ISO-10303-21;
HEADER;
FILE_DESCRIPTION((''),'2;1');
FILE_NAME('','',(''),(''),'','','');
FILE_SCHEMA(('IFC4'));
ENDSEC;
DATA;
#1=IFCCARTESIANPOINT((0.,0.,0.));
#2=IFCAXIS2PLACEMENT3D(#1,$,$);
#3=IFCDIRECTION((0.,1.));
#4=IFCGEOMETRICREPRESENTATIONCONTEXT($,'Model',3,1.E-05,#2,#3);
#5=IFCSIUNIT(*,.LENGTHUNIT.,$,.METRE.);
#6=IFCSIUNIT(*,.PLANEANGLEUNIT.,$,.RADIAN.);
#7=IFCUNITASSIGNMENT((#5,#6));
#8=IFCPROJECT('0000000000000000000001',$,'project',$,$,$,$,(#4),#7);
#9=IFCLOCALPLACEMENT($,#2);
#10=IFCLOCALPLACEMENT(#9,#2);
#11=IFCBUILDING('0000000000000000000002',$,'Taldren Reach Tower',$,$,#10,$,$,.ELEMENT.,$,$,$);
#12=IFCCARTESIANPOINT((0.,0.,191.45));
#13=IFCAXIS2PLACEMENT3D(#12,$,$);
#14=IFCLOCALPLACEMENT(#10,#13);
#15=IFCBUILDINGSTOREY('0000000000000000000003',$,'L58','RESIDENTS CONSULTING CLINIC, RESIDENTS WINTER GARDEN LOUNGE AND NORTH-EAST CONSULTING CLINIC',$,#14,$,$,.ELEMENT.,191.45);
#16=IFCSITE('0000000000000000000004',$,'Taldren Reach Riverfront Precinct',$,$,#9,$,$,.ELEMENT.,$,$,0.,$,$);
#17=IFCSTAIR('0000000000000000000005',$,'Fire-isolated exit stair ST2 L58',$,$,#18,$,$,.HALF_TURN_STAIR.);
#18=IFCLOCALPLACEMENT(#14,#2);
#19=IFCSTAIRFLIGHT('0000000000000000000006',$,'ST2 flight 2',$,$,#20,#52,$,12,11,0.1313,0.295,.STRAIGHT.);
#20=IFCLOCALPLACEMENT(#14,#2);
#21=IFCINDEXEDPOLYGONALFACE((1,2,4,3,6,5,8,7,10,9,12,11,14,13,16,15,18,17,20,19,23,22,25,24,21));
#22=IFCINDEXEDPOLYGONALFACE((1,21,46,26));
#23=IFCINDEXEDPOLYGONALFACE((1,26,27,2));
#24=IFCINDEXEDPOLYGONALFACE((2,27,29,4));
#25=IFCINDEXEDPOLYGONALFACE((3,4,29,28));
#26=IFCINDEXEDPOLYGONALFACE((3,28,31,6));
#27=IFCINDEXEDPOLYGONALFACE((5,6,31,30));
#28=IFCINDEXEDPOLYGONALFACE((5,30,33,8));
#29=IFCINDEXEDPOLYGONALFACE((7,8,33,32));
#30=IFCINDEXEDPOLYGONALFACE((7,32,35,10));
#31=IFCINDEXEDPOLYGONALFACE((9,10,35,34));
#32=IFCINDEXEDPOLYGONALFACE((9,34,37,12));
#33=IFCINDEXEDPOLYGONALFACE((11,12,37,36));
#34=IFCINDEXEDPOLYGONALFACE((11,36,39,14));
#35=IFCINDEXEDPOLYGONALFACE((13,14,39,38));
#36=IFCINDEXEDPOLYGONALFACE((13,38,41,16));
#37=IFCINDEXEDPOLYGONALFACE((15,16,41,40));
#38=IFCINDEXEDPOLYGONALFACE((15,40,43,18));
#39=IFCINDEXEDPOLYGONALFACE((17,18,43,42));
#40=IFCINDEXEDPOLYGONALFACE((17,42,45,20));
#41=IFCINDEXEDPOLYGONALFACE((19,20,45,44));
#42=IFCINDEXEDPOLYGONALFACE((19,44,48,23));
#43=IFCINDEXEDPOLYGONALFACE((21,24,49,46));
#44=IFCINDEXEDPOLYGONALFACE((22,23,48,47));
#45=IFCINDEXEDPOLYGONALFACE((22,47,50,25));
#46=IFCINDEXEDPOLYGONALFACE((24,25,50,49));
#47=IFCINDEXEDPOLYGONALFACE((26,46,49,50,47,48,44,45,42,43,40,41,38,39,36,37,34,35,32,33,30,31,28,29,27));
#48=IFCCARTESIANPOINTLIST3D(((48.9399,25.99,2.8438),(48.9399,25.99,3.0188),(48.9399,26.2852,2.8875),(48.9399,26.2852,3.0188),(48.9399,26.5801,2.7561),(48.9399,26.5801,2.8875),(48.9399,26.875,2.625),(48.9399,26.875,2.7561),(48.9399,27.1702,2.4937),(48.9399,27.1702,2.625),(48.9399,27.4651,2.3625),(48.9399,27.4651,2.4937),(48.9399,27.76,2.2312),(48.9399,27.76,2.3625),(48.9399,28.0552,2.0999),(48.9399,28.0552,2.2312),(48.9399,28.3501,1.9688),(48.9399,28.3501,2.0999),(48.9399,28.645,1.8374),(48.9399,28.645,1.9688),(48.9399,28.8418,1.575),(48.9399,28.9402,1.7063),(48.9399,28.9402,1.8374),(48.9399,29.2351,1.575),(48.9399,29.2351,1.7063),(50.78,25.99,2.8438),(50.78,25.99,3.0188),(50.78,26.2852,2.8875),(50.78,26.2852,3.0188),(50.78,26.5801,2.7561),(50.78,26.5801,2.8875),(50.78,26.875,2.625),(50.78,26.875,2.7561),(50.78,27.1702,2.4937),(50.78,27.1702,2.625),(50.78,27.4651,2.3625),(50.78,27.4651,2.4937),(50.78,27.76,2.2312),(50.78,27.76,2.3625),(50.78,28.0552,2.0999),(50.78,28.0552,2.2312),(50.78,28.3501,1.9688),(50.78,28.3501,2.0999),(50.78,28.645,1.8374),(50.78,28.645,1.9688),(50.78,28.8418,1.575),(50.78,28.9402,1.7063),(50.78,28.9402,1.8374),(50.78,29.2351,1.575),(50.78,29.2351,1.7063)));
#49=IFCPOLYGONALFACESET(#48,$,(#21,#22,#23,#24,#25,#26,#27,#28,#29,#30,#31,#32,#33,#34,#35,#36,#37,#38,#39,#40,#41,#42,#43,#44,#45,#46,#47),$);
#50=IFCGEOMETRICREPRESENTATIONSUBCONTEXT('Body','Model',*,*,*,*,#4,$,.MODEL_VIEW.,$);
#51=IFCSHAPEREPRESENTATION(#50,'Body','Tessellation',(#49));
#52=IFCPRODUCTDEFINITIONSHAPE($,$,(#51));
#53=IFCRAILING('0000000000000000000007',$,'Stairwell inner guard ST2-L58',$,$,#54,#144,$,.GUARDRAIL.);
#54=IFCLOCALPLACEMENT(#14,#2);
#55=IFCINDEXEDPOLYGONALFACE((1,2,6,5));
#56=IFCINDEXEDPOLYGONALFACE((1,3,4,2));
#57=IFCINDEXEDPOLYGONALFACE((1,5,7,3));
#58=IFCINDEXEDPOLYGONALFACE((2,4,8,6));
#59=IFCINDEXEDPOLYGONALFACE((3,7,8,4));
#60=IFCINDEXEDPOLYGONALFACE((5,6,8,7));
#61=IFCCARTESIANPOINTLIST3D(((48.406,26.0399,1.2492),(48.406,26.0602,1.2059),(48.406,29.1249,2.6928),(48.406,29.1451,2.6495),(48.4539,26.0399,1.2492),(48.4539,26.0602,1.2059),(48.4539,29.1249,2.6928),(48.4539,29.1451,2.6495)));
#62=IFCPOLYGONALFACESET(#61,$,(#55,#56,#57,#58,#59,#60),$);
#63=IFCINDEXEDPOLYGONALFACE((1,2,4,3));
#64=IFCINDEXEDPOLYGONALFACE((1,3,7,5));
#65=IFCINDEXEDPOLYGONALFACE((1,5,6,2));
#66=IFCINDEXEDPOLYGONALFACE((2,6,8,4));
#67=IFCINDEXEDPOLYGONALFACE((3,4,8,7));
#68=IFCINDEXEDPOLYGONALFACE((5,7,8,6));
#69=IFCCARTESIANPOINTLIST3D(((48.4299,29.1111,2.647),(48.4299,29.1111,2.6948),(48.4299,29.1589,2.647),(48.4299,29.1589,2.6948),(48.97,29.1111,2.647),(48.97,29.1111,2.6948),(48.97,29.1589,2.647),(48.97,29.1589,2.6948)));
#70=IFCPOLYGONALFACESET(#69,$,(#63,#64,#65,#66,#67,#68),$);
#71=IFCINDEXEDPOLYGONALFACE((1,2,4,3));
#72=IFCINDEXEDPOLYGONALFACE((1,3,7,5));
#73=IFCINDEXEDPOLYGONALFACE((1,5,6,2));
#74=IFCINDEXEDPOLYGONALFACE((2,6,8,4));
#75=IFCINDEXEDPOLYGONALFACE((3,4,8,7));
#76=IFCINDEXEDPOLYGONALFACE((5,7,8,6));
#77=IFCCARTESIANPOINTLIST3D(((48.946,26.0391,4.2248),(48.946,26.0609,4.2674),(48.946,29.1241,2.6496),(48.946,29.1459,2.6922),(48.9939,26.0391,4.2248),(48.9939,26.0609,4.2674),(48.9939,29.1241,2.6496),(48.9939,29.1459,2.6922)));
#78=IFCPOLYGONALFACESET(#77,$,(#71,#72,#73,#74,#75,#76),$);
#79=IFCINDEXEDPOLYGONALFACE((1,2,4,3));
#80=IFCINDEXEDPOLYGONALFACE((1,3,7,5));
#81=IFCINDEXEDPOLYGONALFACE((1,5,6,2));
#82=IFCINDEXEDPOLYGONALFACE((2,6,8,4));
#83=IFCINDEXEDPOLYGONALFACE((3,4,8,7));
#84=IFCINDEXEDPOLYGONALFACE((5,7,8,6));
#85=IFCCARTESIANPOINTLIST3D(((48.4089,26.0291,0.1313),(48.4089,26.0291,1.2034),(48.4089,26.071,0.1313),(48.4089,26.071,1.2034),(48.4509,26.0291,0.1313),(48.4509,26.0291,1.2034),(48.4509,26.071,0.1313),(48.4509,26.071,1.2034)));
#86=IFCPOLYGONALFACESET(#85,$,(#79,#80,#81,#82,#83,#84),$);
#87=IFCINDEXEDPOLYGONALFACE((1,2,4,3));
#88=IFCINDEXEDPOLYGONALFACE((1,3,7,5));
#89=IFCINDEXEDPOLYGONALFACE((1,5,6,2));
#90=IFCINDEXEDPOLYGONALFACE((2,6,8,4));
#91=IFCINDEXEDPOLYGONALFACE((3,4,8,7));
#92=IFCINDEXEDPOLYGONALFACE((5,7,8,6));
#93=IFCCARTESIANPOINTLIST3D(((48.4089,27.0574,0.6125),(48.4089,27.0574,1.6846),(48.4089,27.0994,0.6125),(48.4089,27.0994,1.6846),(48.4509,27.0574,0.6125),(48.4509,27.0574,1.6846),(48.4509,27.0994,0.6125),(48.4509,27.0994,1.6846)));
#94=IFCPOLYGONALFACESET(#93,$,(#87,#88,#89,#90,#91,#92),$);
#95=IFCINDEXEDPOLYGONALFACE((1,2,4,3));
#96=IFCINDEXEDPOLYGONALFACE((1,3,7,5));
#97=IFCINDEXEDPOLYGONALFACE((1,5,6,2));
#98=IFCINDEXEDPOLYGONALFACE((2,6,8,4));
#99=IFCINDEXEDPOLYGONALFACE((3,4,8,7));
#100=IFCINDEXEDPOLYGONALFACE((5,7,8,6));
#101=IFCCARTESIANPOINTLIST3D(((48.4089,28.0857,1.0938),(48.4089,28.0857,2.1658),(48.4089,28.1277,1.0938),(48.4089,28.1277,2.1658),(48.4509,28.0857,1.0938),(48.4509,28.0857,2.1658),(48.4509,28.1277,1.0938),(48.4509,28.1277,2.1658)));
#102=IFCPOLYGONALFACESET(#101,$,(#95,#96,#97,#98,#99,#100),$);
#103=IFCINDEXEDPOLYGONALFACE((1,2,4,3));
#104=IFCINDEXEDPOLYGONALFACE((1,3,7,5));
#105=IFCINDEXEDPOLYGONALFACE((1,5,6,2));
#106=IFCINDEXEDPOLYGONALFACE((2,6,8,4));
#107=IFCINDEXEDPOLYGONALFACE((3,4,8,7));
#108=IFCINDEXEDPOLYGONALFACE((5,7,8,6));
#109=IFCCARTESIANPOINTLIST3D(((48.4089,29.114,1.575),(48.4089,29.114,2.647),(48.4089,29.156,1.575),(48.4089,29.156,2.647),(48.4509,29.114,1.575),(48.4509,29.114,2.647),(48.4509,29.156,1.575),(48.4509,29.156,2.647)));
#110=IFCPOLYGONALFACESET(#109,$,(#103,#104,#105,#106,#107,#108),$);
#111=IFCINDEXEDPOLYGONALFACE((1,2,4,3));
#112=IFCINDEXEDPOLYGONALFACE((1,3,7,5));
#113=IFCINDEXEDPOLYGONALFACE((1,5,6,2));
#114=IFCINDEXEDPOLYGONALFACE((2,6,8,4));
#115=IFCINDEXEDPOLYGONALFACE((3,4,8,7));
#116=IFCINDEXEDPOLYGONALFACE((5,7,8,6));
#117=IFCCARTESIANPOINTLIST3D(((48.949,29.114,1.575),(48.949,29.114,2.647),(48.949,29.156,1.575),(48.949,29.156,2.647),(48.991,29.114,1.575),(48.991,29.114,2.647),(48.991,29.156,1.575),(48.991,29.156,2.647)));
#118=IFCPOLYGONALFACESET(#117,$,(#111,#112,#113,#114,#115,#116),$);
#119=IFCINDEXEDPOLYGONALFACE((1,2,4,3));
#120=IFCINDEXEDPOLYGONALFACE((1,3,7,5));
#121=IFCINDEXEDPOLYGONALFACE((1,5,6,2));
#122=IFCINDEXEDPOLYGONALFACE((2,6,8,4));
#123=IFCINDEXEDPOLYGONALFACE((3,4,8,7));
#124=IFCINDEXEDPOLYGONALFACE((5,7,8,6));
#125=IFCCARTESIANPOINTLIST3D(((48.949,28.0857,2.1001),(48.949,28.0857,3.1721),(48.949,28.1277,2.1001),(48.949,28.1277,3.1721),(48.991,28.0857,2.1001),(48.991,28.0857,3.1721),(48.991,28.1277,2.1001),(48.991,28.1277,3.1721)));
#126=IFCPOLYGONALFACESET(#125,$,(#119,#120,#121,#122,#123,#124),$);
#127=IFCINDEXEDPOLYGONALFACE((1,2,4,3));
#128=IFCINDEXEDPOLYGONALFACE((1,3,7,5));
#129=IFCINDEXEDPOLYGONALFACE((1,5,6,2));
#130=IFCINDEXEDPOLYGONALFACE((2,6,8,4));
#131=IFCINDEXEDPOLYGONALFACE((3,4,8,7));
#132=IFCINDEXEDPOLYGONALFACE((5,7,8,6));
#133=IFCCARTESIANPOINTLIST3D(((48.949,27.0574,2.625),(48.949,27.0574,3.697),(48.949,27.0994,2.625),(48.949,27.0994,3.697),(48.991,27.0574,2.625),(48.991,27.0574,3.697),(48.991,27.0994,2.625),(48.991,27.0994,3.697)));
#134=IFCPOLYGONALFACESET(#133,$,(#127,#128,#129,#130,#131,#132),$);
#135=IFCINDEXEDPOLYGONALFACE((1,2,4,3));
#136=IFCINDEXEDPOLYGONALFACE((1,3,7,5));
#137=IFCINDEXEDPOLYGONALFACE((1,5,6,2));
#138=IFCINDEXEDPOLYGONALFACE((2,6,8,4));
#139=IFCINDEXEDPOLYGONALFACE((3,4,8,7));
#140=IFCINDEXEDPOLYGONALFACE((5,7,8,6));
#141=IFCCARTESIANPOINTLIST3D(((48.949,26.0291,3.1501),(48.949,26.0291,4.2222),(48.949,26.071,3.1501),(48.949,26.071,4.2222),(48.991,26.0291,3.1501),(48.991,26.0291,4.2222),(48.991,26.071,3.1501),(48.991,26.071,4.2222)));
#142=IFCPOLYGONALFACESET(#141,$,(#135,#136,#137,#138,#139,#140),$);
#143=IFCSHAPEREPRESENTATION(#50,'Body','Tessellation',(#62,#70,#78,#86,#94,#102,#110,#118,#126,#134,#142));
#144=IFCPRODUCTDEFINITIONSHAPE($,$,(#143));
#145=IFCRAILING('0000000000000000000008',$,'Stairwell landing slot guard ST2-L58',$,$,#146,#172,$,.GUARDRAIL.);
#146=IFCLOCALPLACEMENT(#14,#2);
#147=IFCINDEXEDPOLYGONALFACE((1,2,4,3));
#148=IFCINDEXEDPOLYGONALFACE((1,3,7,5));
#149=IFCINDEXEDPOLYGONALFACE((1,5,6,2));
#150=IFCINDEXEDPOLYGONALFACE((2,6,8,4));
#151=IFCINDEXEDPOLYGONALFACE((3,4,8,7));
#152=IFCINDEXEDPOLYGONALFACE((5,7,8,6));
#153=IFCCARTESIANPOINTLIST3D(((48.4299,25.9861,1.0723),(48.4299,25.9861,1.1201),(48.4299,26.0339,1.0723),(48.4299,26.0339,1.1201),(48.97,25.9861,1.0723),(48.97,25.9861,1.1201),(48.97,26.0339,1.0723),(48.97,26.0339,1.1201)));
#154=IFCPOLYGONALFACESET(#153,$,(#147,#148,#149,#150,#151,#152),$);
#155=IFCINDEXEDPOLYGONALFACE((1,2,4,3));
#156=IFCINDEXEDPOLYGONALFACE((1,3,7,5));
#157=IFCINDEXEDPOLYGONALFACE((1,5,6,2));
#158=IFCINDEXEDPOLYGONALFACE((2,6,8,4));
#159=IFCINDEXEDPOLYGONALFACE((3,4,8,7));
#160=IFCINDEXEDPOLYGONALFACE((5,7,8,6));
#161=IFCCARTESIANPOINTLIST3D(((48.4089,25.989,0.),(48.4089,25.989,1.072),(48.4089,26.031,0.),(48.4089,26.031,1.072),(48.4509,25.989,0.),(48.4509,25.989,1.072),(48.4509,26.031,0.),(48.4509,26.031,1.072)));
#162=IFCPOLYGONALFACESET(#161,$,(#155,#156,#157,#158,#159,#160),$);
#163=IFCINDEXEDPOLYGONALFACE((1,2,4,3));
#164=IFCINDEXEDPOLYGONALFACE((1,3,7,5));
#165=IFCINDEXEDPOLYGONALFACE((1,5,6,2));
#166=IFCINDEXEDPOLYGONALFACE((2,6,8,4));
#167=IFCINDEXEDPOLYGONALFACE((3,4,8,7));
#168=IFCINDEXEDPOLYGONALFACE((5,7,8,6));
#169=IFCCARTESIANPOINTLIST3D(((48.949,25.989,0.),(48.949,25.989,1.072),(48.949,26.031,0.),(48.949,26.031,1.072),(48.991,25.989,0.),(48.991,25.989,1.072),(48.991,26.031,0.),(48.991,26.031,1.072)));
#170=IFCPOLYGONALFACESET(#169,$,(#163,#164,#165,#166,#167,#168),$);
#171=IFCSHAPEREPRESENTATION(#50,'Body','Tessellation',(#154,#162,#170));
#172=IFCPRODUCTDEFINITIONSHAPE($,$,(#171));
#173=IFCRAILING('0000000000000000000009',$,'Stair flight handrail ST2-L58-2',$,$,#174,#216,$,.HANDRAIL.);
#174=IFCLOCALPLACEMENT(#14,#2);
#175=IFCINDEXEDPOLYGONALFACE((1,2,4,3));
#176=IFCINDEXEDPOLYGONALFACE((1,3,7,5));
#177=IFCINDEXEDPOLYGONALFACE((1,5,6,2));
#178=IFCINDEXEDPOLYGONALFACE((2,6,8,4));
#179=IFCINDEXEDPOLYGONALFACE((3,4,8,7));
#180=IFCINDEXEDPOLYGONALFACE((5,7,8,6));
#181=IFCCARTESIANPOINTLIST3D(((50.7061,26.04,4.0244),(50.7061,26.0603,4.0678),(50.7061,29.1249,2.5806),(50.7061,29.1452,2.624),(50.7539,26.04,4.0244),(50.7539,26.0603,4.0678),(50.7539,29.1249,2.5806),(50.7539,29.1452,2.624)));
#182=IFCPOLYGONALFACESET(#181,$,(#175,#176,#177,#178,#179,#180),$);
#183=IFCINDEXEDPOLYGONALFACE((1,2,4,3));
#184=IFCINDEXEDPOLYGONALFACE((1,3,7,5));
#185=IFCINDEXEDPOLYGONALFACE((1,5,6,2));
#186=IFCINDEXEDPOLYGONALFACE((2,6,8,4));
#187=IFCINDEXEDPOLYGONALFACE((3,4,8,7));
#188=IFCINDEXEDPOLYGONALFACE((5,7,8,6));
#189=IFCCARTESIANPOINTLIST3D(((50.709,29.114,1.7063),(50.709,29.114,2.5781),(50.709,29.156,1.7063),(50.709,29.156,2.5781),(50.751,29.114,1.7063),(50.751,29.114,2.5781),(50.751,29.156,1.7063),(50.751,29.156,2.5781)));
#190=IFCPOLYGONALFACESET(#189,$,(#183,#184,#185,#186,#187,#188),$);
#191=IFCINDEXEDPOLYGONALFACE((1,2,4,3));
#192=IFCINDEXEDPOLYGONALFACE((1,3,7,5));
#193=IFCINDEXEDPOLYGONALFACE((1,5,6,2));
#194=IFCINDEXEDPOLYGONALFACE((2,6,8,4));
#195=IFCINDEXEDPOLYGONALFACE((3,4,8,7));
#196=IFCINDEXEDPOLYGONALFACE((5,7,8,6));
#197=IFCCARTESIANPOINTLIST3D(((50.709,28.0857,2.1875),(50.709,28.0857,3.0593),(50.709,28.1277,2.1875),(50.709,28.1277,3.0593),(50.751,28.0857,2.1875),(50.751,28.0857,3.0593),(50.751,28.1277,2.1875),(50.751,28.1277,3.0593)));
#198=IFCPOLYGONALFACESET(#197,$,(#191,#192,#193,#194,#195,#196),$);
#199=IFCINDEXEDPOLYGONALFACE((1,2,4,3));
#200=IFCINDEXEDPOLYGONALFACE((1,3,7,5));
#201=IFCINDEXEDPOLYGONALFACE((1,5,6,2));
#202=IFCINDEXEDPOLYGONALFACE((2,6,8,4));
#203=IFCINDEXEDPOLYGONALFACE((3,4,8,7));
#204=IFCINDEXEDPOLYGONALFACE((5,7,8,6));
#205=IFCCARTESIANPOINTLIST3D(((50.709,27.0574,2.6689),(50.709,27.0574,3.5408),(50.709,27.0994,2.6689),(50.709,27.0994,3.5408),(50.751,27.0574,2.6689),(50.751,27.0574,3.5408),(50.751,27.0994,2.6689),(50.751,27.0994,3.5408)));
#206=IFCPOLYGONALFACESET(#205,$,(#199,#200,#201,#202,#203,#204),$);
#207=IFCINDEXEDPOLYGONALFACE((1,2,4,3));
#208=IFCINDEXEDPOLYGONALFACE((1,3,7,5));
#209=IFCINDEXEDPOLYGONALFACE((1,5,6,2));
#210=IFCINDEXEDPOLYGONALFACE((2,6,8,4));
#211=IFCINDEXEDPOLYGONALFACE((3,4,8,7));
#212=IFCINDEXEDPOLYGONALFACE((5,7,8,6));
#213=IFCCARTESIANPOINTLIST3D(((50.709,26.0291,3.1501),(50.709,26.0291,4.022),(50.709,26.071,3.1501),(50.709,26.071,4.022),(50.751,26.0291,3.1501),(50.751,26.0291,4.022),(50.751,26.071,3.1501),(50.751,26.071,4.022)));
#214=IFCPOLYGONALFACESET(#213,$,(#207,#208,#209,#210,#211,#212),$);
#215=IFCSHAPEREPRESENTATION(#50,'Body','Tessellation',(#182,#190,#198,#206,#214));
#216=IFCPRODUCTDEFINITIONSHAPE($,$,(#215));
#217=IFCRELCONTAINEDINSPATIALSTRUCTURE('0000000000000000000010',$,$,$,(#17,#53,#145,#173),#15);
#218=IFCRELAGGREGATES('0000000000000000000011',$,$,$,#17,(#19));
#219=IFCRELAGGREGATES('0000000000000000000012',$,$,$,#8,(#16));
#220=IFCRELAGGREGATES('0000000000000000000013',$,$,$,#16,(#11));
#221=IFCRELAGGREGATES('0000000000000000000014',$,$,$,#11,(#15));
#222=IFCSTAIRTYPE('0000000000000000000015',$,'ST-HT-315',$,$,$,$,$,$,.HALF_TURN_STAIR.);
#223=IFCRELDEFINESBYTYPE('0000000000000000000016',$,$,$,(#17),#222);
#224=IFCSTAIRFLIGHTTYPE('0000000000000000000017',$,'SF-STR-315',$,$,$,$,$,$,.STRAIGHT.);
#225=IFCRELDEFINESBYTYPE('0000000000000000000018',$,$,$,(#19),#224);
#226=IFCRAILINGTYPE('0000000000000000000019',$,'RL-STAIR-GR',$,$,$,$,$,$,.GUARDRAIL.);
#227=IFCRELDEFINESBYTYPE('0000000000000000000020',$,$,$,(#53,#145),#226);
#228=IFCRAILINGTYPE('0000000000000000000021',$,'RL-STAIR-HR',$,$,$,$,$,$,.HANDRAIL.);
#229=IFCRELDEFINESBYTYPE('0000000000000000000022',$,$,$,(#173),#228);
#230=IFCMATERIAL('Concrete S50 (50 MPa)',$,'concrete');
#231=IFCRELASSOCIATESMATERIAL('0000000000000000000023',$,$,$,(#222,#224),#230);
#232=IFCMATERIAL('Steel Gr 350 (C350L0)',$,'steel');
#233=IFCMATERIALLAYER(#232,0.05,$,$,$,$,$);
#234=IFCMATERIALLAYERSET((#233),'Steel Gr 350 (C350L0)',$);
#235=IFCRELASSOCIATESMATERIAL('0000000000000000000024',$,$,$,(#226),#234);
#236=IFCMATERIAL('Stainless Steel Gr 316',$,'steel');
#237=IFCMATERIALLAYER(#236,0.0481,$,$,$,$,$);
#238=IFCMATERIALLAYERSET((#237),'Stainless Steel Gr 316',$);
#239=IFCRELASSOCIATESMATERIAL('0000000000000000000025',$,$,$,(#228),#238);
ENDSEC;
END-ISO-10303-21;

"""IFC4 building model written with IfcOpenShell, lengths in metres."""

from ifc_helpers import new_model, si_unit, direction, frame, origin, origin_2d, place, context, subcontext, project, spatial, polyline, rectangle, outline, extrude, material, layer, layer_set, type_object, element, aggregate, save


model = new_model("IFC4")

# Units and contexts
model_context = context("Model", 3, precision=1e-05, world=origin(), true_north=direction((0.0, 1.0)))
body_context = subcontext(model_context, "Body", "Model", "MODEL_VIEW")
ifc_project = project(units=[si_unit("LENGTHUNIT", "METRE"), si_unit("PLANEANGLEUNIT", "RADIAN")], contexts=[model_context])

# Site, building, storey
site_placement = place(None, origin())
site = spatial("IfcSite", under=ifc_project, at=site_placement, Name="Taldren Reach Riverfront Precinct", CompositionType="ELEMENT", RefElevation=0.0)
building_placement = place(site_placement, origin())
building = spatial("IfcBuilding", under=site, at=building_placement, Name="Taldren Reach Tower", CompositionType="ELEMENT")
storey_placement = place(building_placement, frame((0.0, 0.0, 191.45)))
storey = spatial("IfcBuildingStorey", under=building, at=storey_placement, Name="L58", Description="RESIDENTS CONSULTING CLINIC, RESIDENTS WINTER GARDEN LOUNGE AND NORTH-EAST CONSULTING CLINIC", CompositionType="ELEMENT", Elevation=191.45)

# Stair, stair flight
ifc_material_1 = material(Name="Concrete S50 (50 MPa)", Category="concrete")
stair_type = type_object("IfcStairType", Name="ST-HT-315", PredefinedType="HALF_TURN_STAIR", material=ifc_material_1)
stair_placement = place(storey_placement, origin())
stair = element("IfcStair", 1, at=stair_placement, inside=storey, type_object=stair_type, Name="Fire-isolated exit stair ST2 L58", PredefinedType="HALF_TURN_STAIR")
stair_flight_type = type_object("IfcStairFlightType", Name="SF-STR-315", PredefinedType="STRAIGHT", material=ifc_material_1)
stair_flight_placement = place(storey_placement, frame((49.8601, 29.2351, 1.575), z_axis=(0.0, 0.0, 1.0), x_axis=(0.0, -1.0, 0.0)))
stair_flight = element("IfcStairFlight", 2, at=stair_flight_placement, type_object=stair_flight_type, Name="ST2 flight 2", NumberOfRisers=12, NumberOfTreads=11, PredefinedType="STRAIGHT", RiserHeight=0.1313, TreadLength=0.295, context=body_context, shape_type="SweptSolid", body=[
    extrude(outline(polyline([(0.0, 0.0), (0.0, 0.1313), (0.2949, 0.1313), (0.2949, 0.2625), (0.5901, 0.2625), (0.5901, 0.3938), (0.885, 0.3938), (0.885, 0.5249), (1.1799, 0.5249), (1.1799, 0.6562), (1.4751, 0.6562), (1.4751, 0.7876), (1.77, 0.7876), (1.77, 0.9187), (2.0649, 0.9187), (2.0649, 1.05), (2.3601, 1.05), (2.3601, 1.1812), (2.655, 1.1812), (2.655, 1.3125), (2.95, 1.3125), (2.95, 1.4438), (3.2451, 1.4438), (3.2451, 1.575), (3.2451, 1.2688), (0.3933, 0.0), (0.0, 0.0)])), frame((0.0, 0.9199, 0.0), z_axis=(0.0, -1.0, 0.0), x_axis=(1.0, 0.0, 0.0)), (0.0, 0.0, 1.0), 1.8401),
])
aggregate(stair, [stair_flight])

# Railings
ifc_material_2 = material(Name="Steel Gr 350 (C350L0)", Category="steel")
ifc_layer_1 = layer(ifc_material_2, 0.05)
ifc_layer_set_1 = layer_set([ifc_layer_1], Name="Steel Gr 350 (C350L0)")
railing_type_1 = type_object("IfcRailingType", Name="RL-STAIR-GR", PredefinedType="GUARDRAIL", material=ifc_layer_set_1)
railing_1_placement = place(storey_placement, frame((48.4299, 26.05, 0.1313)))
element("IfcRailing", 3, at=railing_1_placement, inside=storey, type_object=railing_type_1, Name="Stairwell inner guard ST2-L58", PredefinedType="GUARDRAIL", context=body_context, shape_type="SweptSolid", body=[
    extrude(rectangle(XDim=0.0479, YDim=0.0479, at=origin_2d()), frame((0.0, 0.0, 1.0962), z_axis=(0.0, 0.905738, 0.423839), x_axis=(-1.0, 0.0, 0.0)), (0.0, 0.0, 1.0), 3.406),
    extrude(rectangle(XDim=0.0479, YDim=0.0479, at=origin_2d()), frame((0.0, 3.085, 2.5396), z_axis=(1.0, 0.0, 0.0), x_axis=(0.0, 1.0, 0.0)), (0.0, 0.0, 1.0), 0.54),
    extrude(rectangle(XDim=0.0479, YDim=0.0479, at=origin_2d()), frame((0.54, 3.085, 2.5396), z_axis=(0.0, -0.890617, 0.454753), x_axis=(1.0, 0.0, 0.0)), (0.0, 0.0, 1.0), 3.4639),
    extrude(rectangle(XDim=0.042, YDim=0.042, at=origin_2d()), origin(), (0.0, 0.0, 1.0), 1.072),
    extrude(rectangle(XDim=0.042, YDim=0.042, at=origin_2d()), frame((0.0, 1.0283, 0.4812)), (0.0, 0.0, 1.0), 1.072),
    extrude(rectangle(XDim=0.042, YDim=0.042, at=origin_2d()), frame((0.0, 2.0566, 0.9624)), (0.0, 0.0, 1.0), 1.072),
    extrude(rectangle(XDim=0.042, YDim=0.042, at=origin_2d()), frame((0.0, 3.085, 1.4436)), (0.0, 0.0, 1.0), 1.072),
    extrude(rectangle(XDim=0.042, YDim=0.042, at=origin_2d()), frame((0.54, 3.085, 1.4436)), (0.0, 0.0, 1.0), 1.072),
    extrude(rectangle(XDim=0.042, YDim=0.042, at=origin_2d()), frame((0.54, 2.0566, 1.9688)), (0.0, 0.0, 1.0), 1.072),
    extrude(rectangle(XDim=0.042, YDim=0.042, at=origin_2d()), frame((0.54, 1.0283, 2.4937)), (0.0, 0.0, 1.0), 1.072),
    extrude(rectangle(XDim=0.042, YDim=0.042, at=origin_2d()), frame((0.54, 0.0, 3.0188)), (0.0, 0.0, 1.0), 1.072),
])
railing_2_placement = place(storey_placement, frame((48.4299, 26.01, 0.0)))
element("IfcRailing", 4, at=railing_2_placement, inside=storey, type_object=railing_type_1, Name="Stairwell landing slot guard ST2-L58", PredefinedType="GUARDRAIL", context=body_context, shape_type="SweptSolid", body=[
    extrude(rectangle(XDim=0.0479, YDim=0.0479, at=origin_2d()), frame((0.0, 0.0, 1.0962), z_axis=(1.0, 0.0, 0.0), x_axis=(0.0, 1.0, 0.0)), (0.0, 0.0, 1.0), 0.54),
    extrude(rectangle(XDim=0.042, YDim=0.042, at=origin_2d()), origin(), (0.0, 0.0, 1.0), 1.072),
    extrude(rectangle(XDim=0.042, YDim=0.042, at=origin_2d()), frame((0.54, 0.0, 0.0)), (0.0, 0.0, 1.0), 1.072),
])
ifc_material_3 = material(Name="Stainless Steel Gr 316", Category="steel")
ifc_layer_2 = layer(ifc_material_3, 0.0481)
ifc_layer_set_2 = layer_set([ifc_layer_2], Name="Stainless Steel Gr 316")
railing_type_2 = type_object("IfcRailingType", Name="RL-STAIR-HR", PredefinedType="HANDRAIL", material=ifc_layer_set_2)
railing_3_placement = place(storey_placement, frame((50.73, 29.135, 1.7063)))
element("IfcRailing", 5, at=railing_3_placement, inside=storey, type_object=railing_type_2, Name="Stair flight handrail ST2-L58-2", PredefinedType="HANDRAIL", context=body_context, shape_type="SweptSolid", body=[
    extrude(rectangle(XDim=0.0479, YDim=0.0479, at=origin_2d()), frame((0.0, 0.0, 0.896), z_axis=(0.0, -0.90571, 0.423898), x_axis=(1.0, 0.0, 0.0)), (0.0, 0.0, 1.0), 3.406),
    extrude(rectangle(XDim=0.042, YDim=0.042, at=origin_2d()), origin(), (0.0, 0.0, 1.0), 0.8718),
    extrude(rectangle(XDim=0.042, YDim=0.042, at=origin_2d()), frame((0.0, -1.0283, 0.4812)), (0.0, 0.0, 1.0), 0.8718),
    extrude(rectangle(XDim=0.042, YDim=0.042, at=origin_2d()), frame((0.0, -2.0566, 0.9626)), (0.0, 0.0, 1.0), 0.8718),
    extrude(rectangle(XDim=0.042, YDim=0.042, at=origin_2d()), frame((0.0, -3.085, 1.4438)), (0.0, 0.0, 1.0), 0.8718),
])

save(model, "model.ifc")
